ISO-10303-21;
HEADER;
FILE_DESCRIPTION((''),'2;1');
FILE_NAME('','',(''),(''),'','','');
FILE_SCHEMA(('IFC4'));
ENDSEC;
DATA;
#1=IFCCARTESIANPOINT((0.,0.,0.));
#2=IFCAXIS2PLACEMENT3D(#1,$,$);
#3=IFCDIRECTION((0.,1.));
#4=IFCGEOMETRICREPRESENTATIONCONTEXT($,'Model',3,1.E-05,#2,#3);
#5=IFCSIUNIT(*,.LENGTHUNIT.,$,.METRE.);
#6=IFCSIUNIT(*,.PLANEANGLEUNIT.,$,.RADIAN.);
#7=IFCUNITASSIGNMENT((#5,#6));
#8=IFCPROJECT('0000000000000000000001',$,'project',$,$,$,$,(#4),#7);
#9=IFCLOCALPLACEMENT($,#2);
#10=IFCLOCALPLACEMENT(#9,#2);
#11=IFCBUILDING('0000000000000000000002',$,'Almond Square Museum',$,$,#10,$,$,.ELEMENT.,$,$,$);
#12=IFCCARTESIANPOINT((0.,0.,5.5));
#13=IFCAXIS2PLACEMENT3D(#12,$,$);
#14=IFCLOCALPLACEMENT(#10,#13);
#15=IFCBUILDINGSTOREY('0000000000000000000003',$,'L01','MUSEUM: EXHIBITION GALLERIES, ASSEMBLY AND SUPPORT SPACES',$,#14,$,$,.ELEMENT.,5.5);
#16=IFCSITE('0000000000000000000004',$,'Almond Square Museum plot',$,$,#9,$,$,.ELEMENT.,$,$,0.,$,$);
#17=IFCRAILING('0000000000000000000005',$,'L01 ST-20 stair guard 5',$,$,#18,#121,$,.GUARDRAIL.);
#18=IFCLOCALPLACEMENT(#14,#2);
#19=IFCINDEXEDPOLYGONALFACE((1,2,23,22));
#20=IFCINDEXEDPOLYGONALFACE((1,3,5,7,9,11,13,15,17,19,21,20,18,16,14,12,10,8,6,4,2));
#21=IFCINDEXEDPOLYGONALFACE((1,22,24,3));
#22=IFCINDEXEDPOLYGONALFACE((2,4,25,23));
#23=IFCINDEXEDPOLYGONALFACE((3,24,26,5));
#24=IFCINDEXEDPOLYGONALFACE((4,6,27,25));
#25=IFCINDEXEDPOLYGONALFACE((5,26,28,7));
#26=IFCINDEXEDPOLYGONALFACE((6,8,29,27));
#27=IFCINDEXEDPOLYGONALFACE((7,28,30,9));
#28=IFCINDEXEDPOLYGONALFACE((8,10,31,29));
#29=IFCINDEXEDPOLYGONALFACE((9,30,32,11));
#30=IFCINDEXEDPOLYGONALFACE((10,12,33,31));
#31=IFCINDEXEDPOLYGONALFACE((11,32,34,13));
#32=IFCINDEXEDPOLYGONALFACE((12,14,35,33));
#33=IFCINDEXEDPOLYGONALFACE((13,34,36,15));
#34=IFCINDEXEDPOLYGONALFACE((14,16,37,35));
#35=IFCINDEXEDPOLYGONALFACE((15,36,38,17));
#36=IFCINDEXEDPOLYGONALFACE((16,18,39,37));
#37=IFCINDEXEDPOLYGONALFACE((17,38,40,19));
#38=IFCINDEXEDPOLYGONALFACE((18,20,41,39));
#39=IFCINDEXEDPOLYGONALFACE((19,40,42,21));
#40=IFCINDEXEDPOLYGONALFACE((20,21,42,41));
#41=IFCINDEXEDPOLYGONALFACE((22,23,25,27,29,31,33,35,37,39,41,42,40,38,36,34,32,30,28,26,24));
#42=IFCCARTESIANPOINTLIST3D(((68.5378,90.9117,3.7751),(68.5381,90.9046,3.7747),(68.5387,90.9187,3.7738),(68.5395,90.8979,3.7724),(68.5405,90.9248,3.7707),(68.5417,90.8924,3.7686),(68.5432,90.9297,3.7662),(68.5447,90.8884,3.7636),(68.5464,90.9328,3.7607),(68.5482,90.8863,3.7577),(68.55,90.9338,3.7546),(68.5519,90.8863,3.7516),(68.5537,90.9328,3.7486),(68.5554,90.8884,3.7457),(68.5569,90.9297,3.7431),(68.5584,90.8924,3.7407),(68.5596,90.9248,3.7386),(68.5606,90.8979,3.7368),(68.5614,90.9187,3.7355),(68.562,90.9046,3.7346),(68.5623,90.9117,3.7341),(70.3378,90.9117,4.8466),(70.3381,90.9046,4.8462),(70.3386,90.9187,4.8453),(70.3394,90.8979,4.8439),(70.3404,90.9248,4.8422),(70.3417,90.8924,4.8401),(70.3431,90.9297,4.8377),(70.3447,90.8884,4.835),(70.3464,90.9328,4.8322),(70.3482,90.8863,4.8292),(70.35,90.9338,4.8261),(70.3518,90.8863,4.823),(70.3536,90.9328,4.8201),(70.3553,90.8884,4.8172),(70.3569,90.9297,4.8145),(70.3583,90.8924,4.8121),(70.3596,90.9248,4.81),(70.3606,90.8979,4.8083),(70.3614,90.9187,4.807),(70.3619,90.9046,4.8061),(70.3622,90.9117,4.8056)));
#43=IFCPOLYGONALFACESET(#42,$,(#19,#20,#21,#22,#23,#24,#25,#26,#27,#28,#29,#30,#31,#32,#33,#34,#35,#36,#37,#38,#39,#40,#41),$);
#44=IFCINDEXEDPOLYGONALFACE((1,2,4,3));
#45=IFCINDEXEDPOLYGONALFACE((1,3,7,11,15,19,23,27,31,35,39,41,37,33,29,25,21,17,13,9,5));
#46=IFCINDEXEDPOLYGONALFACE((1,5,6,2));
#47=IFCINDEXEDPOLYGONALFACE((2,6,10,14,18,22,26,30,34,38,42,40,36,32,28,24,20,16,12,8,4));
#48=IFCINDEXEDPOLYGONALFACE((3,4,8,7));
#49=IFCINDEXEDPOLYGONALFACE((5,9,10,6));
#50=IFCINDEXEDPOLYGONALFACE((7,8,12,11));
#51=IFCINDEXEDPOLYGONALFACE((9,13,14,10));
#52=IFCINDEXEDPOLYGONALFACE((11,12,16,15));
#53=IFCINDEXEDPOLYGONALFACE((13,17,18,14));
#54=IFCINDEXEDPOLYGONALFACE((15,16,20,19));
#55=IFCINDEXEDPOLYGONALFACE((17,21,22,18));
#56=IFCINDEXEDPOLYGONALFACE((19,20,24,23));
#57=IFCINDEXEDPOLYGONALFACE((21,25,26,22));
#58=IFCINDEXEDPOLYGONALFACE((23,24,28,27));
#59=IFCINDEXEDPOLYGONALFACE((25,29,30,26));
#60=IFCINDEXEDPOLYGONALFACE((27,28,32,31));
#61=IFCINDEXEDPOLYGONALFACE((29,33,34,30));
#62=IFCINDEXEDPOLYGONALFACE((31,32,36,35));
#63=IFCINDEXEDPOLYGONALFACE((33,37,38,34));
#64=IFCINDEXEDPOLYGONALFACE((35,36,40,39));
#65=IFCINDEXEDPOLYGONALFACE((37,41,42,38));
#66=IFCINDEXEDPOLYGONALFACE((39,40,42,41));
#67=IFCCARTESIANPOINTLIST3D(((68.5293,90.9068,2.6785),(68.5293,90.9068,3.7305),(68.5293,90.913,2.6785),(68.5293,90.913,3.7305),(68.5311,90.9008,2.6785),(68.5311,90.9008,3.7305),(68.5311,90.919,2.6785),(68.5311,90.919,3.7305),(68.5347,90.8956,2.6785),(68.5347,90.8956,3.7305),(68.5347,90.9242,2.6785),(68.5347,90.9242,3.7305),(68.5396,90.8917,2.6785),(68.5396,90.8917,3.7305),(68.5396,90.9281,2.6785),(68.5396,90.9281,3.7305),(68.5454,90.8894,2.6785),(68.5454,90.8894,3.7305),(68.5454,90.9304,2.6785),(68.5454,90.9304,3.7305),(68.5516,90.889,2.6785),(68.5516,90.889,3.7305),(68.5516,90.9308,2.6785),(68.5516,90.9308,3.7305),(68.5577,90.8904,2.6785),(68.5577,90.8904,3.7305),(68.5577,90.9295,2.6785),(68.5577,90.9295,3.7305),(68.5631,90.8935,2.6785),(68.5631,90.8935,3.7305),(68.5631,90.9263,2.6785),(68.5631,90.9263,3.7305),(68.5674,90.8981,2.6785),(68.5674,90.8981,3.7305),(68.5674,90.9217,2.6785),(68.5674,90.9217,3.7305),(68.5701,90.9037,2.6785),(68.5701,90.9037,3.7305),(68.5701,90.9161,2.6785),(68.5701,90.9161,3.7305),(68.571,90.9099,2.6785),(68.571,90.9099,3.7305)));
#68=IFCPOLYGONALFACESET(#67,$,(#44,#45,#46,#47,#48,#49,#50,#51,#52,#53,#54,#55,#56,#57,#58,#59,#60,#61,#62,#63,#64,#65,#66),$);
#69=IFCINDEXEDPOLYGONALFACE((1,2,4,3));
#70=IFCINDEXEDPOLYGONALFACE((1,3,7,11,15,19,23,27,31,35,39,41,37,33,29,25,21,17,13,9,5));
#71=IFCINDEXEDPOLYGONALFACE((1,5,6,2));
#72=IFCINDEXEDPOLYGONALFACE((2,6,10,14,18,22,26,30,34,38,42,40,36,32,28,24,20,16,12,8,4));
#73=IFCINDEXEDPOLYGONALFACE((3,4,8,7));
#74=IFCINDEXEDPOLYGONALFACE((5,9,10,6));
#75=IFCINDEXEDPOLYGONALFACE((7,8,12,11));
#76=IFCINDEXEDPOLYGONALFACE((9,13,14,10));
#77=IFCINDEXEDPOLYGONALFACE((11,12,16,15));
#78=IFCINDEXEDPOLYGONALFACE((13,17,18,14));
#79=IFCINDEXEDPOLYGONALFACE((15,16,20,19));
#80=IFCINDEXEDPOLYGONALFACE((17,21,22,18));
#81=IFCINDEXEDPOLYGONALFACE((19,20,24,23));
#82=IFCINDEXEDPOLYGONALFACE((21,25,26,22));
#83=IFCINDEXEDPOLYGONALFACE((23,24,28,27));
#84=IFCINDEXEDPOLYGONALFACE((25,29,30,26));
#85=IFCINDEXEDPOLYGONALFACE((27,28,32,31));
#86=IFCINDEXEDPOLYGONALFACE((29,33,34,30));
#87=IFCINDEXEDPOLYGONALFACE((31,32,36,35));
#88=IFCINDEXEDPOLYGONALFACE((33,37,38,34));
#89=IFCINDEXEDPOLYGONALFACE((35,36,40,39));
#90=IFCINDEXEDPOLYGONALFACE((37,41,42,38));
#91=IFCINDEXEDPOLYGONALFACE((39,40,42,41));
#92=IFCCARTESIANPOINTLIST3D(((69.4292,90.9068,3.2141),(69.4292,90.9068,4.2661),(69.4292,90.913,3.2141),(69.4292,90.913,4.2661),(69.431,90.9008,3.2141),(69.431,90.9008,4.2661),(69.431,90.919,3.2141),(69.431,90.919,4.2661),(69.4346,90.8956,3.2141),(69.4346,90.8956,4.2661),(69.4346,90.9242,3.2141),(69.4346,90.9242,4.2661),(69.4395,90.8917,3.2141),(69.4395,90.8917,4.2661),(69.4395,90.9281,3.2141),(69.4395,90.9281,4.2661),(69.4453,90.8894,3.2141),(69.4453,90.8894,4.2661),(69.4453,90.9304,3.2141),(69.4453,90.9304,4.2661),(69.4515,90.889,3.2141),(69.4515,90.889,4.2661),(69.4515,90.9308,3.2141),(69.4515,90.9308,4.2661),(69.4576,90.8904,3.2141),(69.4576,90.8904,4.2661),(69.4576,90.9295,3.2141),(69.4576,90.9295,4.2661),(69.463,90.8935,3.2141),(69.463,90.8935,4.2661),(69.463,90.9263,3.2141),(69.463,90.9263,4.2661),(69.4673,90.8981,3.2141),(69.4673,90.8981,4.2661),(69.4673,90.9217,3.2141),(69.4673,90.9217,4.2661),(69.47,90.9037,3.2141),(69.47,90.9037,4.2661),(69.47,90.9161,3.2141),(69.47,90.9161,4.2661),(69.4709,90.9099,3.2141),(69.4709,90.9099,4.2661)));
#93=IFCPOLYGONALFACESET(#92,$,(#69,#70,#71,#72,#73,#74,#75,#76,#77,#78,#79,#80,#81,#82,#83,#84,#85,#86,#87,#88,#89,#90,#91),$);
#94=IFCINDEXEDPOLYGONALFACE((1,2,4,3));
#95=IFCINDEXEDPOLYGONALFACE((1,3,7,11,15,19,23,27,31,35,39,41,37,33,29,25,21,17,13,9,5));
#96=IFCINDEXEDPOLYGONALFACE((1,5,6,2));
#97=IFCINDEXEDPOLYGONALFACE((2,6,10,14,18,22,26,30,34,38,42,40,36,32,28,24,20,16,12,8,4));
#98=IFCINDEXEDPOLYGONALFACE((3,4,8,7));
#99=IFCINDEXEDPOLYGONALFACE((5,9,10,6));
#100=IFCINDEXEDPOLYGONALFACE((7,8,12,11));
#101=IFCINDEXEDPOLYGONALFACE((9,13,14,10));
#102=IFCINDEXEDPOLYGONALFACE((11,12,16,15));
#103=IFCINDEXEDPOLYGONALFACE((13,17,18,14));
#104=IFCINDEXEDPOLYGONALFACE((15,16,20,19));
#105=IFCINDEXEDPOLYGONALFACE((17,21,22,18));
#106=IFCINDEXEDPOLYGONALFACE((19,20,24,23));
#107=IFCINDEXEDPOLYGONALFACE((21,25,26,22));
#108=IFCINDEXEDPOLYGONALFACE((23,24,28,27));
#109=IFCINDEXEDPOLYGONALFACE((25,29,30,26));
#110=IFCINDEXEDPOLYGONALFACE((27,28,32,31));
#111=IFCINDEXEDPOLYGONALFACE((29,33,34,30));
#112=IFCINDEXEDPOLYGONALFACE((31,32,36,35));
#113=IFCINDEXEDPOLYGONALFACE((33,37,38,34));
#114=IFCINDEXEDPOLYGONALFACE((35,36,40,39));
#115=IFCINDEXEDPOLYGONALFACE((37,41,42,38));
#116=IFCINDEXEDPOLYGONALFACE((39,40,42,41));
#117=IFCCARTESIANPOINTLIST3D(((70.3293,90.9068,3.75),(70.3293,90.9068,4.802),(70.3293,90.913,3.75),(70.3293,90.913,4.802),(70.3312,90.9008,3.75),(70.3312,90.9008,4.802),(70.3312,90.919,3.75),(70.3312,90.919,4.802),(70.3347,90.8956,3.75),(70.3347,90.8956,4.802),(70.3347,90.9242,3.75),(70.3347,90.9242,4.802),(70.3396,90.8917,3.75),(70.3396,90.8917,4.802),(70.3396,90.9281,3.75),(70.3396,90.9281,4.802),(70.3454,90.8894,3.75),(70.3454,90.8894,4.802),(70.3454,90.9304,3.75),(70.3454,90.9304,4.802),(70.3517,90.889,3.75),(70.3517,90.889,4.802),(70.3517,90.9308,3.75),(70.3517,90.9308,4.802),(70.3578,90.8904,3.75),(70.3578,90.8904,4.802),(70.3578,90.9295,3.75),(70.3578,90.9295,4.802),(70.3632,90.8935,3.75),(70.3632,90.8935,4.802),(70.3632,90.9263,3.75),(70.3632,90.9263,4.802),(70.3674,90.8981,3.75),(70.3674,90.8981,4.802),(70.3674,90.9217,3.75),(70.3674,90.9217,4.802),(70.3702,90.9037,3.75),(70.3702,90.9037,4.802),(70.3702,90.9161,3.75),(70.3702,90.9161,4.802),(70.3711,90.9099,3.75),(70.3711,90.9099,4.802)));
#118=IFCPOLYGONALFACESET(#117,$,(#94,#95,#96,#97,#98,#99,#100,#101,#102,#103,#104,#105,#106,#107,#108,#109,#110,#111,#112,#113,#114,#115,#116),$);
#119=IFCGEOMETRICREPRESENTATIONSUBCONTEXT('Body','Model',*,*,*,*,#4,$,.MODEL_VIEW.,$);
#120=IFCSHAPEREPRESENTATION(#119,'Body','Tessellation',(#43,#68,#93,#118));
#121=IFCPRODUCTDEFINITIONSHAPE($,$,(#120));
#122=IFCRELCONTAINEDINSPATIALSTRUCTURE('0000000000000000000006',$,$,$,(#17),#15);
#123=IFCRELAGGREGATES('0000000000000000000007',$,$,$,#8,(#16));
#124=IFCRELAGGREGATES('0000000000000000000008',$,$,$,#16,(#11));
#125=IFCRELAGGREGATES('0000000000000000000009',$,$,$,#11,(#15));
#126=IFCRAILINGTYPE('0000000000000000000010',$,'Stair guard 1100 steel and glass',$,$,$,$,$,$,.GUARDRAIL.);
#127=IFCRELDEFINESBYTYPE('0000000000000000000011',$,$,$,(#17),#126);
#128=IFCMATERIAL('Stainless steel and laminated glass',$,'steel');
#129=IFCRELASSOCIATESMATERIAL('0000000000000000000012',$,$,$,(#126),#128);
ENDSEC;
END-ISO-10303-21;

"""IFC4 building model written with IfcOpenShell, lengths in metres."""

from ifc_helpers import new_model, si_unit, direction, frame, origin, origin_2d, place, context, subcontext, project, spatial, circle, extrude, material, type_object, element, save


model = new_model("IFC4")

# Units and contexts
model_context = context("Model", 3, precision=1e-05, world=origin(), true_north=direction((0.0, 1.0)))
body_context = subcontext(model_context, "Body", "Model", "MODEL_VIEW")
ifc_project = project(units=[si_unit("LENGTHUNIT", "METRE"), si_unit("PLANEANGLEUNIT", "RADIAN")], contexts=[model_context])

# Site, building, storey
site_placement = place(None, origin())
site = spatial("IfcSite", under=ifc_project, at=site_placement, Name="Almond Square Museum plot", CompositionType="ELEMENT", RefElevation=0.0)
building_placement = place(site_placement, origin())
building = spatial("IfcBuilding", under=site, at=building_placement, Name="Almond Square Museum", CompositionType="ELEMENT")
storey_placement = place(building_placement, frame((0.0, 0.0, 5.5)))
storey = spatial("IfcBuildingStorey", under=building, at=storey_placement, Name="L01", Description="MUSEUM: EXHIBITION GALLERIES, ASSEMBLY AND SUPPORT SPACES", CompositionType="ELEMENT", Elevation=5.5)

# Railing
ifc_material_1 = material(Name="Stainless steel and laminated glass", Category="steel")
railing_type = type_object("IfcRailingType", Name="Stair guard 1100 steel and glass", PredefinedType="GUARDRAIL", material=ifc_material_1)
railing_1_placement = place(storey_placement, frame((68.55, 90.9099, 2.6785)))
element("IfcRailing", 1, at=railing_1_placement, inside=storey, type_object=railing_type, Name="L01 ST-20 stair guard 5", PredefinedType="GUARDRAIL", context=body_context, shape_type="SweptSolid", body=[
    extrude(circle(Radius=0.0239, at=origin_2d()), frame((0.0, 0.0, 1.0762), z_axis=(0.859277, 0.0, 0.51151), x_axis=(0.0, 1.0, 0.0)), (0.0, 0.0, 1.0), 2.0947),
    extrude(circle(Radius=0.021, at=origin_2d()), origin(), (0.0, 0.0, 1.0), 1.052),
    extrude(circle(Radius=0.021, at=origin_2d()), frame((0.8999, 0.0, 0.5356)), (0.0, 0.0, 1.0), 1.052),
    extrude(circle(Radius=0.021, at=origin_2d()), frame((1.8, 0.0, 1.0715)), (0.0, 0.0, 1.0), 1.052),
])

save(model, "model.ifc")
